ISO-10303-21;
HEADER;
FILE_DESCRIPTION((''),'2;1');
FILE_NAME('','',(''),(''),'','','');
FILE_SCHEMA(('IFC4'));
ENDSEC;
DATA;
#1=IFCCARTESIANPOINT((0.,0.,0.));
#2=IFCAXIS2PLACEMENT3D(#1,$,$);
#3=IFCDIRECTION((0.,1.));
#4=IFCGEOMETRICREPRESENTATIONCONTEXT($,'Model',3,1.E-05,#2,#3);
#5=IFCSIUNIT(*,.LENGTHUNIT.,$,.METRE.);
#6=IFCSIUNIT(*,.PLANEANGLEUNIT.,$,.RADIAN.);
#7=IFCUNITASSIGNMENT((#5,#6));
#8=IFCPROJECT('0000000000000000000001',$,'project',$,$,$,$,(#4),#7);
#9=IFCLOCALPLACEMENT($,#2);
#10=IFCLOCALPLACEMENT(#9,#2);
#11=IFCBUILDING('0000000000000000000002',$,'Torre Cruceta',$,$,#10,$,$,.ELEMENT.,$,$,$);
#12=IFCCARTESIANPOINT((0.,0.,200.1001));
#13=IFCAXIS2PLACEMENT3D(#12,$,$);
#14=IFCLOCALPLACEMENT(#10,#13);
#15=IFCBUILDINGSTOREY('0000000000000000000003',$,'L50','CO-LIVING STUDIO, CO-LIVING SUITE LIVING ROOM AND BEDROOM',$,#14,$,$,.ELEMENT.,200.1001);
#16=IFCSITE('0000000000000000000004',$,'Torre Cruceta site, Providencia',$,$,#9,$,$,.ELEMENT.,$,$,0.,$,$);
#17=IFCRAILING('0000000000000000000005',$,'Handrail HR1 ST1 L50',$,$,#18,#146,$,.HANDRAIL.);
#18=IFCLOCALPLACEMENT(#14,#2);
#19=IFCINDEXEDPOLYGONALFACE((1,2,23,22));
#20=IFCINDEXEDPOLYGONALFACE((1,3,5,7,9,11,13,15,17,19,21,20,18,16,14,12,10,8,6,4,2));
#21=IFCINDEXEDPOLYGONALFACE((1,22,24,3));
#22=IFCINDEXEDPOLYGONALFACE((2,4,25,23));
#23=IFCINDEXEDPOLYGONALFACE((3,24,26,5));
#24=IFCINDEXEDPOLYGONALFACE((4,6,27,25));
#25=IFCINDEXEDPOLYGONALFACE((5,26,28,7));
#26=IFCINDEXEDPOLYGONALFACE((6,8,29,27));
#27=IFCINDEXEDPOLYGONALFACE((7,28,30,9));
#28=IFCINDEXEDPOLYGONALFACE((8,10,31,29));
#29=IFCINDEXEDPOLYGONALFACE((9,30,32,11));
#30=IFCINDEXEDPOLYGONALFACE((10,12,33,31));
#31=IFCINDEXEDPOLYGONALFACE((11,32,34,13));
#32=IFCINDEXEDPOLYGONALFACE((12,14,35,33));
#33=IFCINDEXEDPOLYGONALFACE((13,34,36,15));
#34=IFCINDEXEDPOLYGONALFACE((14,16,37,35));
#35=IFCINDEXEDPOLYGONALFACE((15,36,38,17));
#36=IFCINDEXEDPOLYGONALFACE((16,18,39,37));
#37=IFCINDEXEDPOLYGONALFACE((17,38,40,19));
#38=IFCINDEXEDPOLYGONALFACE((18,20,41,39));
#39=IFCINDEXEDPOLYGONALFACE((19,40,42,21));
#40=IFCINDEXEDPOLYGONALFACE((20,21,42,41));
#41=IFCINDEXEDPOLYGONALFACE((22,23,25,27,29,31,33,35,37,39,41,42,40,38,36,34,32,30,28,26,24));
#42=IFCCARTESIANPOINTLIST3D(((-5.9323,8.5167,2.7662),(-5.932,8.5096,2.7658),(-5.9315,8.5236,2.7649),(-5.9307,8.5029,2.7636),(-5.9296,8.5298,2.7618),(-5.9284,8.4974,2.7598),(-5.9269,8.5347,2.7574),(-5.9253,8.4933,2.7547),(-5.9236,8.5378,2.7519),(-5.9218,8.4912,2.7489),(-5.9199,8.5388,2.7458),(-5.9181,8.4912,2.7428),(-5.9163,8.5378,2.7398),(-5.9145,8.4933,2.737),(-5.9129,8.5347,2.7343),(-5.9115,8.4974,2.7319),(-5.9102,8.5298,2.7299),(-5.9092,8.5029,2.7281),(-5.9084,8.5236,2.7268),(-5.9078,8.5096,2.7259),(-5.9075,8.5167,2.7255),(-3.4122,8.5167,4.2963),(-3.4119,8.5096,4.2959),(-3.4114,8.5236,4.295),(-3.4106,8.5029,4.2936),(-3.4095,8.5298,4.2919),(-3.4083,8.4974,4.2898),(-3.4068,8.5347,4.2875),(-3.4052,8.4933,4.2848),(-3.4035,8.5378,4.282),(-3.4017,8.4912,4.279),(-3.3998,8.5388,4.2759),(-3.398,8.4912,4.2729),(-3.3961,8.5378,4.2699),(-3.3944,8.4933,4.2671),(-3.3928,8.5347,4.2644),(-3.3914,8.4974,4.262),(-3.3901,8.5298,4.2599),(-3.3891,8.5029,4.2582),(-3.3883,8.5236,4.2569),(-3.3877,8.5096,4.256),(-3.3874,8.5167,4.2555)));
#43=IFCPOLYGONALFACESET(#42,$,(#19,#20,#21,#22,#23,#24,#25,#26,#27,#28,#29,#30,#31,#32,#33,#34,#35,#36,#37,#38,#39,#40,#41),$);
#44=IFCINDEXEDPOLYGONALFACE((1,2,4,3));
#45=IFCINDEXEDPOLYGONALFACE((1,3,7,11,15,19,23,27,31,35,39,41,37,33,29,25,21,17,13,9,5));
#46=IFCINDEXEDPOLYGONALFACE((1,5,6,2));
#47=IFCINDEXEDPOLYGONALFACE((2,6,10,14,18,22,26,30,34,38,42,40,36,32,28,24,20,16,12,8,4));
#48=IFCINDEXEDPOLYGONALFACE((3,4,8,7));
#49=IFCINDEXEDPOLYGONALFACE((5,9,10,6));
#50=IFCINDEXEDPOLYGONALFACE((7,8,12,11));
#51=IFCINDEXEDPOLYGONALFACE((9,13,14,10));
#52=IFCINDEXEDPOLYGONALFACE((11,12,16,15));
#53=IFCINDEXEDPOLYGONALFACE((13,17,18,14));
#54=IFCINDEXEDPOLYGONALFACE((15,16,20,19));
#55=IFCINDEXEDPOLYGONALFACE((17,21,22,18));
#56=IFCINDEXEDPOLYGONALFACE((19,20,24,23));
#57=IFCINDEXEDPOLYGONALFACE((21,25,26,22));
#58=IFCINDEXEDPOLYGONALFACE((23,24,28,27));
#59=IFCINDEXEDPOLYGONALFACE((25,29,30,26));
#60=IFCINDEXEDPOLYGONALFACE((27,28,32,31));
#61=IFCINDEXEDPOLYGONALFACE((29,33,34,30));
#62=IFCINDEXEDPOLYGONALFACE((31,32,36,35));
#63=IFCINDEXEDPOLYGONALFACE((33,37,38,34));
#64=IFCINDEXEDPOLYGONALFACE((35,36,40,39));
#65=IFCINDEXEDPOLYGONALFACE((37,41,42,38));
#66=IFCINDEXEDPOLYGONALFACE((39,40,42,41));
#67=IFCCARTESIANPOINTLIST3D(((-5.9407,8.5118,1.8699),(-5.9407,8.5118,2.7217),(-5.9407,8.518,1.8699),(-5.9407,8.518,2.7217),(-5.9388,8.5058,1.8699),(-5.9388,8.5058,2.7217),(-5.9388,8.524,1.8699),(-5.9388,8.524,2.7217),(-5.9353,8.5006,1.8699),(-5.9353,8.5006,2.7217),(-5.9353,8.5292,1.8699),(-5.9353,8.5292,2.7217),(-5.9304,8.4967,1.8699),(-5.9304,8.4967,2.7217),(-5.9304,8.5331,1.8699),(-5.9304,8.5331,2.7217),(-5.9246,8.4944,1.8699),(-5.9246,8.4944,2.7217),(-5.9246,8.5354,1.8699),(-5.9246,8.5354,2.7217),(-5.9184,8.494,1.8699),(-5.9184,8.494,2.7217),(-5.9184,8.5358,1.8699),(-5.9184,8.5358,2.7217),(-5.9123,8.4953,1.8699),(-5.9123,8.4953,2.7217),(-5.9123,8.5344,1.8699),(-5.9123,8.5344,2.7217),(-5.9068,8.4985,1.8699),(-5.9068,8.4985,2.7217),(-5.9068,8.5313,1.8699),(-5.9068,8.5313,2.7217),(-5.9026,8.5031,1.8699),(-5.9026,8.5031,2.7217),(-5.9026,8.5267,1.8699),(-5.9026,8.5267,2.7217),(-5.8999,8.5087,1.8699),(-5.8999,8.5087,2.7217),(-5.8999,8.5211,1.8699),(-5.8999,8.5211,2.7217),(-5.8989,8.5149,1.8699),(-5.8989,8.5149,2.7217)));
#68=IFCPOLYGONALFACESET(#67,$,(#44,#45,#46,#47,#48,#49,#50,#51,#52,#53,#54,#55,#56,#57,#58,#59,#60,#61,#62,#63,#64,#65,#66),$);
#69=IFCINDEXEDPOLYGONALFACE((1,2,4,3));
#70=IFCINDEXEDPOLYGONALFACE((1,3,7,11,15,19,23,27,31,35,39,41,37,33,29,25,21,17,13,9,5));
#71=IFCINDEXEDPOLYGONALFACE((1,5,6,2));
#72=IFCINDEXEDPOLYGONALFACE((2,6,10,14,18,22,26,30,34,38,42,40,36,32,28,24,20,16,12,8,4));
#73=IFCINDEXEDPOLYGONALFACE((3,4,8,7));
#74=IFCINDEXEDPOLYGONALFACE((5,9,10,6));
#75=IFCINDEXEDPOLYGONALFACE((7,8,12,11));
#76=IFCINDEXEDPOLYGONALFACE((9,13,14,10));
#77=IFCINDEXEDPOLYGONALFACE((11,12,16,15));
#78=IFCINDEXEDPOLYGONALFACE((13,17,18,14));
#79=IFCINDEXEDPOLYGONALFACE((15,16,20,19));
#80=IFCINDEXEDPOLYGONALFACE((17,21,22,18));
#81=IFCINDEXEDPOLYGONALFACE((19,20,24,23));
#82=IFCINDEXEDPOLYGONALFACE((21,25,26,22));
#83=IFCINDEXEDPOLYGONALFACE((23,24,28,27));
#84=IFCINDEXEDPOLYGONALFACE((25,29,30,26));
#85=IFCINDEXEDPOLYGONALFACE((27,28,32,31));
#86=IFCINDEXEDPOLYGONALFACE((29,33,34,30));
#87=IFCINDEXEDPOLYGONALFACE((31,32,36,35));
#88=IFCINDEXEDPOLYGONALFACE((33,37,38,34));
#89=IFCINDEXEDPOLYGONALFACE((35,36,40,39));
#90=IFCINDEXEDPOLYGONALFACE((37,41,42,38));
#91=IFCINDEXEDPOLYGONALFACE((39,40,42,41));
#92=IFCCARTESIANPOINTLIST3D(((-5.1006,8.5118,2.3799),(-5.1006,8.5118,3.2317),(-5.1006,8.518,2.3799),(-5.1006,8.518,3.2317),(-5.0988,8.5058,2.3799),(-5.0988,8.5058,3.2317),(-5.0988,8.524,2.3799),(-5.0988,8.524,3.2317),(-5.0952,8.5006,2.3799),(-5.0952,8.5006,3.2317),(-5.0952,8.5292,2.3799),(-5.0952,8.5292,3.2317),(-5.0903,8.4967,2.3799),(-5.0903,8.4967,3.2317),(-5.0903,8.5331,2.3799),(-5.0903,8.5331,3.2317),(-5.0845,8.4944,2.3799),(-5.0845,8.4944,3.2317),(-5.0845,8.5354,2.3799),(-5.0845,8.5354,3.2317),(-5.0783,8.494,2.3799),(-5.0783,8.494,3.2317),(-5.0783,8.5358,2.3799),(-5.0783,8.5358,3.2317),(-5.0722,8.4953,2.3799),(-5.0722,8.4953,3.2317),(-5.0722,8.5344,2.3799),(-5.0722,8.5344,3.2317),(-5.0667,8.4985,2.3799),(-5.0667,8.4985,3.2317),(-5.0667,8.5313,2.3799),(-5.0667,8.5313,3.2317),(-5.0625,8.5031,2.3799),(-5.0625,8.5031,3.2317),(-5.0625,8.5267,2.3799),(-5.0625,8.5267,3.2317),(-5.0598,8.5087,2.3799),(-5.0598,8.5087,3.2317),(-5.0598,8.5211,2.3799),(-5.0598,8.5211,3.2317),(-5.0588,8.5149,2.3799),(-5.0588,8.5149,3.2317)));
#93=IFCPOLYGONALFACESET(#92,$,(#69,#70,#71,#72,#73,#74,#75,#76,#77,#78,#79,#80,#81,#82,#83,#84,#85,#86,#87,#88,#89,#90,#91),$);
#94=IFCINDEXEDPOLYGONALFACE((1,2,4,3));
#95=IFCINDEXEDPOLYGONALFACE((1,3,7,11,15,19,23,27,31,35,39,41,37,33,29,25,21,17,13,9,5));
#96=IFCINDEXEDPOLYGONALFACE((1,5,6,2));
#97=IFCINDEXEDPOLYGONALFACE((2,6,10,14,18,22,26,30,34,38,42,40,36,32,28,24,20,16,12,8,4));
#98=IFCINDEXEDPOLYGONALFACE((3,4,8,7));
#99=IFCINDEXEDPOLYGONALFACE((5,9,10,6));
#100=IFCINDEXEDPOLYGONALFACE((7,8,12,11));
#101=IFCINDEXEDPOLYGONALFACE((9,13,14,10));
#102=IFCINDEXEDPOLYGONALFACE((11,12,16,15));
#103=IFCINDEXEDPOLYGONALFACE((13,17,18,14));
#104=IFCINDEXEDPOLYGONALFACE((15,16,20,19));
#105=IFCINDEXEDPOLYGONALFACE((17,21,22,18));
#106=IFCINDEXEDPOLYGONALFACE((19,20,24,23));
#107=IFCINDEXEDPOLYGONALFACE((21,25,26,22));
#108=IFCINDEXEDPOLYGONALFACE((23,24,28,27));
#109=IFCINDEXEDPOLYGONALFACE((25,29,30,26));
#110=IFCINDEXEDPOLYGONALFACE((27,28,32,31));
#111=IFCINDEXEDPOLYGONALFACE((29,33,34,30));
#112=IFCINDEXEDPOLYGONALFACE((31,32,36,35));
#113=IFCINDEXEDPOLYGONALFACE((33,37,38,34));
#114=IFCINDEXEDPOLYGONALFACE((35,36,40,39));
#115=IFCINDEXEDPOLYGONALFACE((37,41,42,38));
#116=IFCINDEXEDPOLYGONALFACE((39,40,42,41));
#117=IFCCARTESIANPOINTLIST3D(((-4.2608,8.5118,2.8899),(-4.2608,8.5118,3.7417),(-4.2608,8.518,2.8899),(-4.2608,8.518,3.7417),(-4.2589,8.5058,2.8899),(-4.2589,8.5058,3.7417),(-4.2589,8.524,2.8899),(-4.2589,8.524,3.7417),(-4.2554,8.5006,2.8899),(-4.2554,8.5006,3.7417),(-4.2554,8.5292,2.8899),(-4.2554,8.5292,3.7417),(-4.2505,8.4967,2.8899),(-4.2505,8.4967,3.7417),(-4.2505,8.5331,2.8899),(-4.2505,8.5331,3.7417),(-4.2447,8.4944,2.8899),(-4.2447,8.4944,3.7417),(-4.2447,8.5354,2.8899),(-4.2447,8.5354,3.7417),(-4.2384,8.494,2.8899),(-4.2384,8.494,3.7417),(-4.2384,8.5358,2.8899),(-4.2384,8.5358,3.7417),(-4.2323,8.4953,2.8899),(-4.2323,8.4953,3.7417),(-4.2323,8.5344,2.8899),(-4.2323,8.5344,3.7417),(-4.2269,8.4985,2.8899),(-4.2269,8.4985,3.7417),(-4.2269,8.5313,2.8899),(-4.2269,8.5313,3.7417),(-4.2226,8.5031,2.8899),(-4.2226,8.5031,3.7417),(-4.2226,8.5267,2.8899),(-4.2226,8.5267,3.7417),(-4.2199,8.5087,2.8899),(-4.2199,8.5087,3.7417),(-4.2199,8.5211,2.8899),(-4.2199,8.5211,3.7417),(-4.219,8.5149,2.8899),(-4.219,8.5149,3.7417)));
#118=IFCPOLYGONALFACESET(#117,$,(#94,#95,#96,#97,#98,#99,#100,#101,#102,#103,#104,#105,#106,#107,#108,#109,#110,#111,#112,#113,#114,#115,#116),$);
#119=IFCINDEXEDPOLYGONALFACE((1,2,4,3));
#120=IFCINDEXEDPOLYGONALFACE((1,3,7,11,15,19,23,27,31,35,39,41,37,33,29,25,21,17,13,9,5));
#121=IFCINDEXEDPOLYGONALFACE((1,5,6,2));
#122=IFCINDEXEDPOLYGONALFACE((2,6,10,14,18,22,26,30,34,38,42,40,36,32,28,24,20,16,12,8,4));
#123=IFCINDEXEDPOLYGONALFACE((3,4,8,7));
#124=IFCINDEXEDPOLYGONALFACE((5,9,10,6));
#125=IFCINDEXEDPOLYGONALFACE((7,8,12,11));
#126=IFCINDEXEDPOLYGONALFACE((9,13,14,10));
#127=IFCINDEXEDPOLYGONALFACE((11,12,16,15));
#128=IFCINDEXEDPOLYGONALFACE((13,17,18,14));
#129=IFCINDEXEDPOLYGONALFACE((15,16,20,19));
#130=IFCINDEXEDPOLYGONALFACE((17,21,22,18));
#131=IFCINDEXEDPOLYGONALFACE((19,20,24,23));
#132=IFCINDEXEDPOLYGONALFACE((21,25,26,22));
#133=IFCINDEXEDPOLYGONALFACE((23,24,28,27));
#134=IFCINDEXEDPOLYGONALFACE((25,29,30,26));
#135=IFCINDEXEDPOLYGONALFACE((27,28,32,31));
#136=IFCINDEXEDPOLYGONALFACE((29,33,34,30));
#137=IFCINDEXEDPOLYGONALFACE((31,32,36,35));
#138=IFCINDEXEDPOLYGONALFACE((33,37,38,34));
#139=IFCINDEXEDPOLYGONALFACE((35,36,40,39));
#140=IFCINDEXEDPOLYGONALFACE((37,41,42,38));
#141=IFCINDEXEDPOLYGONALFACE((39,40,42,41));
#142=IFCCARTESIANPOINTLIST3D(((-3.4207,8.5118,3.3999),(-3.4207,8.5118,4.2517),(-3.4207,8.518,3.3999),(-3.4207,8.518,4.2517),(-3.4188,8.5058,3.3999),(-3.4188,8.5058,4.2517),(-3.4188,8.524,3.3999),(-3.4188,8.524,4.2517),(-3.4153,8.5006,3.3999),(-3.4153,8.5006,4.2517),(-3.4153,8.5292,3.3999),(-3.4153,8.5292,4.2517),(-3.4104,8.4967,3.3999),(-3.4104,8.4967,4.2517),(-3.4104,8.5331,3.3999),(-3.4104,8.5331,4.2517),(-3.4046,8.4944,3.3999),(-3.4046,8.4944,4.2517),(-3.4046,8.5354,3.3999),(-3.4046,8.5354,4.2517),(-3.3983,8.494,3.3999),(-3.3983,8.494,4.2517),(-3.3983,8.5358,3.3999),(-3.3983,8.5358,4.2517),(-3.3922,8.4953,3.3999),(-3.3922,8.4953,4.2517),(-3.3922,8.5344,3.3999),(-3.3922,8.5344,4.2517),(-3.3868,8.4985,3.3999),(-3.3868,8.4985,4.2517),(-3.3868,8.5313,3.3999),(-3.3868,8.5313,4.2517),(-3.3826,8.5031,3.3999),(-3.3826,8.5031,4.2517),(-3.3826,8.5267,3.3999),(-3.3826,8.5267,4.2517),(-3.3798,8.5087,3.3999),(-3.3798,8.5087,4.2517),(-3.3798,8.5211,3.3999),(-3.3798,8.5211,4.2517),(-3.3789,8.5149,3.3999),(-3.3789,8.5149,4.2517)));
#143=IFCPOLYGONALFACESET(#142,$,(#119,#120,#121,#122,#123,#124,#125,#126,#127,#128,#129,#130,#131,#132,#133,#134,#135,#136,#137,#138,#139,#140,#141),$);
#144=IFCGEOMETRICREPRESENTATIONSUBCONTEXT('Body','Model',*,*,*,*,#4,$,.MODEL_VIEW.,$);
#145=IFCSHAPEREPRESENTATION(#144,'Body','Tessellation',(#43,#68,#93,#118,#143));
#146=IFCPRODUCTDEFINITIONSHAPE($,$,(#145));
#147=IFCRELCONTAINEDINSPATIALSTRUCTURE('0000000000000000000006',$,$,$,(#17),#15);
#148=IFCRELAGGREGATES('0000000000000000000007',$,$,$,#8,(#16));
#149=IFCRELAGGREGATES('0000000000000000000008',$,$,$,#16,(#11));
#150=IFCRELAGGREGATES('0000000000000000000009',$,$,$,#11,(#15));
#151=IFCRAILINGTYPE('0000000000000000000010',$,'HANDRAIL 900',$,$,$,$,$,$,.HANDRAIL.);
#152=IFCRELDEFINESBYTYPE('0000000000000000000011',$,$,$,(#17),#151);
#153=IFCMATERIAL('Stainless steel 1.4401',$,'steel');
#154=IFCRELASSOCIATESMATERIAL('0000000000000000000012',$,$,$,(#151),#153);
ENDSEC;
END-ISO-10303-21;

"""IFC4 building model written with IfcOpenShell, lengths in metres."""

from ifc_helpers import new_model, si_unit, direction, frame, origin, origin_2d, place, context, subcontext, project, spatial, circle, extrude, material, type_object, element, save


model = new_model("IFC4")

# Units and contexts
model_context = context("Model", 3, precision=1e-05, world=origin(), true_north=direction((0.0, 1.0)))
body_context = subcontext(model_context, "Body", "Model", "MODEL_VIEW")
ifc_project = project(units=[si_unit("LENGTHUNIT", "METRE"), si_unit("PLANEANGLEUNIT", "RADIAN")], contexts=[model_context])

# Site, building, storey
site_placement = place(None, origin())
site = spatial("IfcSite", under=ifc_project, at=site_placement, Name="Torre Cruceta site, Providencia", CompositionType="ELEMENT", RefElevation=0.0)
building_placement = place(site_placement, origin())
building = spatial("IfcBuilding", under=site, at=building_placement, Name="Torre Cruceta", CompositionType="ELEMENT")
storey_placement = place(building_placement, frame((0.0, 0.0, 200.1001)))
storey = spatial("IfcBuildingStorey", under=building, at=storey_placement, Name="L50", Description="CO-LIVING STUDIO, CO-LIVING SUITE LIVING ROOM AND BEDROOM", CompositionType="ELEMENT", Elevation=200.1001)

# Railing
ifc_material_1 = material(Name="Stainless steel 1.4401", Category="steel")
railing_type = type_object("IfcRailingType", Name="HANDRAIL 900", PredefinedType="HANDRAIL", material=ifc_material_1)
railing_placement = place(storey_placement, frame((-5.9199, 8.5149, 1.8699)))
element("IfcRailing", 1, at=railing_placement, inside=storey, type_object=railing_type, Name="Handrail HR1 ST1 L50", PredefinedType="HANDRAIL", context=body_context, shape_type="SweptSolid", body=[
    extrude(circle(Radius=0.0239, at=origin_2d()), frame((0.0, 0.0, 0.876), z_axis=(0.854785, 0.0, 0.518982), x_axis=(0.0, 1.0, 0.0)), (0.0, 0.0, 1.0), 2.9482),
    extrude(circle(Radius=0.021, at=origin_2d()), origin(), (0.0, 0.0, 1.0), 0.8518),
    extrude(circle(Radius=0.021, at=origin_2d()), frame((0.8401, 0.0, 0.51)), (0.0, 0.0, 1.0), 0.8518),
    extrude(circle(Radius=0.021, at=origin_2d()), frame((1.6799, 0.0, 1.02)), (0.0, 0.0, 1.0), 0.8518),
    extrude(circle(Radius=0.021, at=origin_2d()), frame((2.52, 0.0, 1.53)), (0.0, 0.0, 1.0), 0.8518),
])

save(model, "model.ifc")
